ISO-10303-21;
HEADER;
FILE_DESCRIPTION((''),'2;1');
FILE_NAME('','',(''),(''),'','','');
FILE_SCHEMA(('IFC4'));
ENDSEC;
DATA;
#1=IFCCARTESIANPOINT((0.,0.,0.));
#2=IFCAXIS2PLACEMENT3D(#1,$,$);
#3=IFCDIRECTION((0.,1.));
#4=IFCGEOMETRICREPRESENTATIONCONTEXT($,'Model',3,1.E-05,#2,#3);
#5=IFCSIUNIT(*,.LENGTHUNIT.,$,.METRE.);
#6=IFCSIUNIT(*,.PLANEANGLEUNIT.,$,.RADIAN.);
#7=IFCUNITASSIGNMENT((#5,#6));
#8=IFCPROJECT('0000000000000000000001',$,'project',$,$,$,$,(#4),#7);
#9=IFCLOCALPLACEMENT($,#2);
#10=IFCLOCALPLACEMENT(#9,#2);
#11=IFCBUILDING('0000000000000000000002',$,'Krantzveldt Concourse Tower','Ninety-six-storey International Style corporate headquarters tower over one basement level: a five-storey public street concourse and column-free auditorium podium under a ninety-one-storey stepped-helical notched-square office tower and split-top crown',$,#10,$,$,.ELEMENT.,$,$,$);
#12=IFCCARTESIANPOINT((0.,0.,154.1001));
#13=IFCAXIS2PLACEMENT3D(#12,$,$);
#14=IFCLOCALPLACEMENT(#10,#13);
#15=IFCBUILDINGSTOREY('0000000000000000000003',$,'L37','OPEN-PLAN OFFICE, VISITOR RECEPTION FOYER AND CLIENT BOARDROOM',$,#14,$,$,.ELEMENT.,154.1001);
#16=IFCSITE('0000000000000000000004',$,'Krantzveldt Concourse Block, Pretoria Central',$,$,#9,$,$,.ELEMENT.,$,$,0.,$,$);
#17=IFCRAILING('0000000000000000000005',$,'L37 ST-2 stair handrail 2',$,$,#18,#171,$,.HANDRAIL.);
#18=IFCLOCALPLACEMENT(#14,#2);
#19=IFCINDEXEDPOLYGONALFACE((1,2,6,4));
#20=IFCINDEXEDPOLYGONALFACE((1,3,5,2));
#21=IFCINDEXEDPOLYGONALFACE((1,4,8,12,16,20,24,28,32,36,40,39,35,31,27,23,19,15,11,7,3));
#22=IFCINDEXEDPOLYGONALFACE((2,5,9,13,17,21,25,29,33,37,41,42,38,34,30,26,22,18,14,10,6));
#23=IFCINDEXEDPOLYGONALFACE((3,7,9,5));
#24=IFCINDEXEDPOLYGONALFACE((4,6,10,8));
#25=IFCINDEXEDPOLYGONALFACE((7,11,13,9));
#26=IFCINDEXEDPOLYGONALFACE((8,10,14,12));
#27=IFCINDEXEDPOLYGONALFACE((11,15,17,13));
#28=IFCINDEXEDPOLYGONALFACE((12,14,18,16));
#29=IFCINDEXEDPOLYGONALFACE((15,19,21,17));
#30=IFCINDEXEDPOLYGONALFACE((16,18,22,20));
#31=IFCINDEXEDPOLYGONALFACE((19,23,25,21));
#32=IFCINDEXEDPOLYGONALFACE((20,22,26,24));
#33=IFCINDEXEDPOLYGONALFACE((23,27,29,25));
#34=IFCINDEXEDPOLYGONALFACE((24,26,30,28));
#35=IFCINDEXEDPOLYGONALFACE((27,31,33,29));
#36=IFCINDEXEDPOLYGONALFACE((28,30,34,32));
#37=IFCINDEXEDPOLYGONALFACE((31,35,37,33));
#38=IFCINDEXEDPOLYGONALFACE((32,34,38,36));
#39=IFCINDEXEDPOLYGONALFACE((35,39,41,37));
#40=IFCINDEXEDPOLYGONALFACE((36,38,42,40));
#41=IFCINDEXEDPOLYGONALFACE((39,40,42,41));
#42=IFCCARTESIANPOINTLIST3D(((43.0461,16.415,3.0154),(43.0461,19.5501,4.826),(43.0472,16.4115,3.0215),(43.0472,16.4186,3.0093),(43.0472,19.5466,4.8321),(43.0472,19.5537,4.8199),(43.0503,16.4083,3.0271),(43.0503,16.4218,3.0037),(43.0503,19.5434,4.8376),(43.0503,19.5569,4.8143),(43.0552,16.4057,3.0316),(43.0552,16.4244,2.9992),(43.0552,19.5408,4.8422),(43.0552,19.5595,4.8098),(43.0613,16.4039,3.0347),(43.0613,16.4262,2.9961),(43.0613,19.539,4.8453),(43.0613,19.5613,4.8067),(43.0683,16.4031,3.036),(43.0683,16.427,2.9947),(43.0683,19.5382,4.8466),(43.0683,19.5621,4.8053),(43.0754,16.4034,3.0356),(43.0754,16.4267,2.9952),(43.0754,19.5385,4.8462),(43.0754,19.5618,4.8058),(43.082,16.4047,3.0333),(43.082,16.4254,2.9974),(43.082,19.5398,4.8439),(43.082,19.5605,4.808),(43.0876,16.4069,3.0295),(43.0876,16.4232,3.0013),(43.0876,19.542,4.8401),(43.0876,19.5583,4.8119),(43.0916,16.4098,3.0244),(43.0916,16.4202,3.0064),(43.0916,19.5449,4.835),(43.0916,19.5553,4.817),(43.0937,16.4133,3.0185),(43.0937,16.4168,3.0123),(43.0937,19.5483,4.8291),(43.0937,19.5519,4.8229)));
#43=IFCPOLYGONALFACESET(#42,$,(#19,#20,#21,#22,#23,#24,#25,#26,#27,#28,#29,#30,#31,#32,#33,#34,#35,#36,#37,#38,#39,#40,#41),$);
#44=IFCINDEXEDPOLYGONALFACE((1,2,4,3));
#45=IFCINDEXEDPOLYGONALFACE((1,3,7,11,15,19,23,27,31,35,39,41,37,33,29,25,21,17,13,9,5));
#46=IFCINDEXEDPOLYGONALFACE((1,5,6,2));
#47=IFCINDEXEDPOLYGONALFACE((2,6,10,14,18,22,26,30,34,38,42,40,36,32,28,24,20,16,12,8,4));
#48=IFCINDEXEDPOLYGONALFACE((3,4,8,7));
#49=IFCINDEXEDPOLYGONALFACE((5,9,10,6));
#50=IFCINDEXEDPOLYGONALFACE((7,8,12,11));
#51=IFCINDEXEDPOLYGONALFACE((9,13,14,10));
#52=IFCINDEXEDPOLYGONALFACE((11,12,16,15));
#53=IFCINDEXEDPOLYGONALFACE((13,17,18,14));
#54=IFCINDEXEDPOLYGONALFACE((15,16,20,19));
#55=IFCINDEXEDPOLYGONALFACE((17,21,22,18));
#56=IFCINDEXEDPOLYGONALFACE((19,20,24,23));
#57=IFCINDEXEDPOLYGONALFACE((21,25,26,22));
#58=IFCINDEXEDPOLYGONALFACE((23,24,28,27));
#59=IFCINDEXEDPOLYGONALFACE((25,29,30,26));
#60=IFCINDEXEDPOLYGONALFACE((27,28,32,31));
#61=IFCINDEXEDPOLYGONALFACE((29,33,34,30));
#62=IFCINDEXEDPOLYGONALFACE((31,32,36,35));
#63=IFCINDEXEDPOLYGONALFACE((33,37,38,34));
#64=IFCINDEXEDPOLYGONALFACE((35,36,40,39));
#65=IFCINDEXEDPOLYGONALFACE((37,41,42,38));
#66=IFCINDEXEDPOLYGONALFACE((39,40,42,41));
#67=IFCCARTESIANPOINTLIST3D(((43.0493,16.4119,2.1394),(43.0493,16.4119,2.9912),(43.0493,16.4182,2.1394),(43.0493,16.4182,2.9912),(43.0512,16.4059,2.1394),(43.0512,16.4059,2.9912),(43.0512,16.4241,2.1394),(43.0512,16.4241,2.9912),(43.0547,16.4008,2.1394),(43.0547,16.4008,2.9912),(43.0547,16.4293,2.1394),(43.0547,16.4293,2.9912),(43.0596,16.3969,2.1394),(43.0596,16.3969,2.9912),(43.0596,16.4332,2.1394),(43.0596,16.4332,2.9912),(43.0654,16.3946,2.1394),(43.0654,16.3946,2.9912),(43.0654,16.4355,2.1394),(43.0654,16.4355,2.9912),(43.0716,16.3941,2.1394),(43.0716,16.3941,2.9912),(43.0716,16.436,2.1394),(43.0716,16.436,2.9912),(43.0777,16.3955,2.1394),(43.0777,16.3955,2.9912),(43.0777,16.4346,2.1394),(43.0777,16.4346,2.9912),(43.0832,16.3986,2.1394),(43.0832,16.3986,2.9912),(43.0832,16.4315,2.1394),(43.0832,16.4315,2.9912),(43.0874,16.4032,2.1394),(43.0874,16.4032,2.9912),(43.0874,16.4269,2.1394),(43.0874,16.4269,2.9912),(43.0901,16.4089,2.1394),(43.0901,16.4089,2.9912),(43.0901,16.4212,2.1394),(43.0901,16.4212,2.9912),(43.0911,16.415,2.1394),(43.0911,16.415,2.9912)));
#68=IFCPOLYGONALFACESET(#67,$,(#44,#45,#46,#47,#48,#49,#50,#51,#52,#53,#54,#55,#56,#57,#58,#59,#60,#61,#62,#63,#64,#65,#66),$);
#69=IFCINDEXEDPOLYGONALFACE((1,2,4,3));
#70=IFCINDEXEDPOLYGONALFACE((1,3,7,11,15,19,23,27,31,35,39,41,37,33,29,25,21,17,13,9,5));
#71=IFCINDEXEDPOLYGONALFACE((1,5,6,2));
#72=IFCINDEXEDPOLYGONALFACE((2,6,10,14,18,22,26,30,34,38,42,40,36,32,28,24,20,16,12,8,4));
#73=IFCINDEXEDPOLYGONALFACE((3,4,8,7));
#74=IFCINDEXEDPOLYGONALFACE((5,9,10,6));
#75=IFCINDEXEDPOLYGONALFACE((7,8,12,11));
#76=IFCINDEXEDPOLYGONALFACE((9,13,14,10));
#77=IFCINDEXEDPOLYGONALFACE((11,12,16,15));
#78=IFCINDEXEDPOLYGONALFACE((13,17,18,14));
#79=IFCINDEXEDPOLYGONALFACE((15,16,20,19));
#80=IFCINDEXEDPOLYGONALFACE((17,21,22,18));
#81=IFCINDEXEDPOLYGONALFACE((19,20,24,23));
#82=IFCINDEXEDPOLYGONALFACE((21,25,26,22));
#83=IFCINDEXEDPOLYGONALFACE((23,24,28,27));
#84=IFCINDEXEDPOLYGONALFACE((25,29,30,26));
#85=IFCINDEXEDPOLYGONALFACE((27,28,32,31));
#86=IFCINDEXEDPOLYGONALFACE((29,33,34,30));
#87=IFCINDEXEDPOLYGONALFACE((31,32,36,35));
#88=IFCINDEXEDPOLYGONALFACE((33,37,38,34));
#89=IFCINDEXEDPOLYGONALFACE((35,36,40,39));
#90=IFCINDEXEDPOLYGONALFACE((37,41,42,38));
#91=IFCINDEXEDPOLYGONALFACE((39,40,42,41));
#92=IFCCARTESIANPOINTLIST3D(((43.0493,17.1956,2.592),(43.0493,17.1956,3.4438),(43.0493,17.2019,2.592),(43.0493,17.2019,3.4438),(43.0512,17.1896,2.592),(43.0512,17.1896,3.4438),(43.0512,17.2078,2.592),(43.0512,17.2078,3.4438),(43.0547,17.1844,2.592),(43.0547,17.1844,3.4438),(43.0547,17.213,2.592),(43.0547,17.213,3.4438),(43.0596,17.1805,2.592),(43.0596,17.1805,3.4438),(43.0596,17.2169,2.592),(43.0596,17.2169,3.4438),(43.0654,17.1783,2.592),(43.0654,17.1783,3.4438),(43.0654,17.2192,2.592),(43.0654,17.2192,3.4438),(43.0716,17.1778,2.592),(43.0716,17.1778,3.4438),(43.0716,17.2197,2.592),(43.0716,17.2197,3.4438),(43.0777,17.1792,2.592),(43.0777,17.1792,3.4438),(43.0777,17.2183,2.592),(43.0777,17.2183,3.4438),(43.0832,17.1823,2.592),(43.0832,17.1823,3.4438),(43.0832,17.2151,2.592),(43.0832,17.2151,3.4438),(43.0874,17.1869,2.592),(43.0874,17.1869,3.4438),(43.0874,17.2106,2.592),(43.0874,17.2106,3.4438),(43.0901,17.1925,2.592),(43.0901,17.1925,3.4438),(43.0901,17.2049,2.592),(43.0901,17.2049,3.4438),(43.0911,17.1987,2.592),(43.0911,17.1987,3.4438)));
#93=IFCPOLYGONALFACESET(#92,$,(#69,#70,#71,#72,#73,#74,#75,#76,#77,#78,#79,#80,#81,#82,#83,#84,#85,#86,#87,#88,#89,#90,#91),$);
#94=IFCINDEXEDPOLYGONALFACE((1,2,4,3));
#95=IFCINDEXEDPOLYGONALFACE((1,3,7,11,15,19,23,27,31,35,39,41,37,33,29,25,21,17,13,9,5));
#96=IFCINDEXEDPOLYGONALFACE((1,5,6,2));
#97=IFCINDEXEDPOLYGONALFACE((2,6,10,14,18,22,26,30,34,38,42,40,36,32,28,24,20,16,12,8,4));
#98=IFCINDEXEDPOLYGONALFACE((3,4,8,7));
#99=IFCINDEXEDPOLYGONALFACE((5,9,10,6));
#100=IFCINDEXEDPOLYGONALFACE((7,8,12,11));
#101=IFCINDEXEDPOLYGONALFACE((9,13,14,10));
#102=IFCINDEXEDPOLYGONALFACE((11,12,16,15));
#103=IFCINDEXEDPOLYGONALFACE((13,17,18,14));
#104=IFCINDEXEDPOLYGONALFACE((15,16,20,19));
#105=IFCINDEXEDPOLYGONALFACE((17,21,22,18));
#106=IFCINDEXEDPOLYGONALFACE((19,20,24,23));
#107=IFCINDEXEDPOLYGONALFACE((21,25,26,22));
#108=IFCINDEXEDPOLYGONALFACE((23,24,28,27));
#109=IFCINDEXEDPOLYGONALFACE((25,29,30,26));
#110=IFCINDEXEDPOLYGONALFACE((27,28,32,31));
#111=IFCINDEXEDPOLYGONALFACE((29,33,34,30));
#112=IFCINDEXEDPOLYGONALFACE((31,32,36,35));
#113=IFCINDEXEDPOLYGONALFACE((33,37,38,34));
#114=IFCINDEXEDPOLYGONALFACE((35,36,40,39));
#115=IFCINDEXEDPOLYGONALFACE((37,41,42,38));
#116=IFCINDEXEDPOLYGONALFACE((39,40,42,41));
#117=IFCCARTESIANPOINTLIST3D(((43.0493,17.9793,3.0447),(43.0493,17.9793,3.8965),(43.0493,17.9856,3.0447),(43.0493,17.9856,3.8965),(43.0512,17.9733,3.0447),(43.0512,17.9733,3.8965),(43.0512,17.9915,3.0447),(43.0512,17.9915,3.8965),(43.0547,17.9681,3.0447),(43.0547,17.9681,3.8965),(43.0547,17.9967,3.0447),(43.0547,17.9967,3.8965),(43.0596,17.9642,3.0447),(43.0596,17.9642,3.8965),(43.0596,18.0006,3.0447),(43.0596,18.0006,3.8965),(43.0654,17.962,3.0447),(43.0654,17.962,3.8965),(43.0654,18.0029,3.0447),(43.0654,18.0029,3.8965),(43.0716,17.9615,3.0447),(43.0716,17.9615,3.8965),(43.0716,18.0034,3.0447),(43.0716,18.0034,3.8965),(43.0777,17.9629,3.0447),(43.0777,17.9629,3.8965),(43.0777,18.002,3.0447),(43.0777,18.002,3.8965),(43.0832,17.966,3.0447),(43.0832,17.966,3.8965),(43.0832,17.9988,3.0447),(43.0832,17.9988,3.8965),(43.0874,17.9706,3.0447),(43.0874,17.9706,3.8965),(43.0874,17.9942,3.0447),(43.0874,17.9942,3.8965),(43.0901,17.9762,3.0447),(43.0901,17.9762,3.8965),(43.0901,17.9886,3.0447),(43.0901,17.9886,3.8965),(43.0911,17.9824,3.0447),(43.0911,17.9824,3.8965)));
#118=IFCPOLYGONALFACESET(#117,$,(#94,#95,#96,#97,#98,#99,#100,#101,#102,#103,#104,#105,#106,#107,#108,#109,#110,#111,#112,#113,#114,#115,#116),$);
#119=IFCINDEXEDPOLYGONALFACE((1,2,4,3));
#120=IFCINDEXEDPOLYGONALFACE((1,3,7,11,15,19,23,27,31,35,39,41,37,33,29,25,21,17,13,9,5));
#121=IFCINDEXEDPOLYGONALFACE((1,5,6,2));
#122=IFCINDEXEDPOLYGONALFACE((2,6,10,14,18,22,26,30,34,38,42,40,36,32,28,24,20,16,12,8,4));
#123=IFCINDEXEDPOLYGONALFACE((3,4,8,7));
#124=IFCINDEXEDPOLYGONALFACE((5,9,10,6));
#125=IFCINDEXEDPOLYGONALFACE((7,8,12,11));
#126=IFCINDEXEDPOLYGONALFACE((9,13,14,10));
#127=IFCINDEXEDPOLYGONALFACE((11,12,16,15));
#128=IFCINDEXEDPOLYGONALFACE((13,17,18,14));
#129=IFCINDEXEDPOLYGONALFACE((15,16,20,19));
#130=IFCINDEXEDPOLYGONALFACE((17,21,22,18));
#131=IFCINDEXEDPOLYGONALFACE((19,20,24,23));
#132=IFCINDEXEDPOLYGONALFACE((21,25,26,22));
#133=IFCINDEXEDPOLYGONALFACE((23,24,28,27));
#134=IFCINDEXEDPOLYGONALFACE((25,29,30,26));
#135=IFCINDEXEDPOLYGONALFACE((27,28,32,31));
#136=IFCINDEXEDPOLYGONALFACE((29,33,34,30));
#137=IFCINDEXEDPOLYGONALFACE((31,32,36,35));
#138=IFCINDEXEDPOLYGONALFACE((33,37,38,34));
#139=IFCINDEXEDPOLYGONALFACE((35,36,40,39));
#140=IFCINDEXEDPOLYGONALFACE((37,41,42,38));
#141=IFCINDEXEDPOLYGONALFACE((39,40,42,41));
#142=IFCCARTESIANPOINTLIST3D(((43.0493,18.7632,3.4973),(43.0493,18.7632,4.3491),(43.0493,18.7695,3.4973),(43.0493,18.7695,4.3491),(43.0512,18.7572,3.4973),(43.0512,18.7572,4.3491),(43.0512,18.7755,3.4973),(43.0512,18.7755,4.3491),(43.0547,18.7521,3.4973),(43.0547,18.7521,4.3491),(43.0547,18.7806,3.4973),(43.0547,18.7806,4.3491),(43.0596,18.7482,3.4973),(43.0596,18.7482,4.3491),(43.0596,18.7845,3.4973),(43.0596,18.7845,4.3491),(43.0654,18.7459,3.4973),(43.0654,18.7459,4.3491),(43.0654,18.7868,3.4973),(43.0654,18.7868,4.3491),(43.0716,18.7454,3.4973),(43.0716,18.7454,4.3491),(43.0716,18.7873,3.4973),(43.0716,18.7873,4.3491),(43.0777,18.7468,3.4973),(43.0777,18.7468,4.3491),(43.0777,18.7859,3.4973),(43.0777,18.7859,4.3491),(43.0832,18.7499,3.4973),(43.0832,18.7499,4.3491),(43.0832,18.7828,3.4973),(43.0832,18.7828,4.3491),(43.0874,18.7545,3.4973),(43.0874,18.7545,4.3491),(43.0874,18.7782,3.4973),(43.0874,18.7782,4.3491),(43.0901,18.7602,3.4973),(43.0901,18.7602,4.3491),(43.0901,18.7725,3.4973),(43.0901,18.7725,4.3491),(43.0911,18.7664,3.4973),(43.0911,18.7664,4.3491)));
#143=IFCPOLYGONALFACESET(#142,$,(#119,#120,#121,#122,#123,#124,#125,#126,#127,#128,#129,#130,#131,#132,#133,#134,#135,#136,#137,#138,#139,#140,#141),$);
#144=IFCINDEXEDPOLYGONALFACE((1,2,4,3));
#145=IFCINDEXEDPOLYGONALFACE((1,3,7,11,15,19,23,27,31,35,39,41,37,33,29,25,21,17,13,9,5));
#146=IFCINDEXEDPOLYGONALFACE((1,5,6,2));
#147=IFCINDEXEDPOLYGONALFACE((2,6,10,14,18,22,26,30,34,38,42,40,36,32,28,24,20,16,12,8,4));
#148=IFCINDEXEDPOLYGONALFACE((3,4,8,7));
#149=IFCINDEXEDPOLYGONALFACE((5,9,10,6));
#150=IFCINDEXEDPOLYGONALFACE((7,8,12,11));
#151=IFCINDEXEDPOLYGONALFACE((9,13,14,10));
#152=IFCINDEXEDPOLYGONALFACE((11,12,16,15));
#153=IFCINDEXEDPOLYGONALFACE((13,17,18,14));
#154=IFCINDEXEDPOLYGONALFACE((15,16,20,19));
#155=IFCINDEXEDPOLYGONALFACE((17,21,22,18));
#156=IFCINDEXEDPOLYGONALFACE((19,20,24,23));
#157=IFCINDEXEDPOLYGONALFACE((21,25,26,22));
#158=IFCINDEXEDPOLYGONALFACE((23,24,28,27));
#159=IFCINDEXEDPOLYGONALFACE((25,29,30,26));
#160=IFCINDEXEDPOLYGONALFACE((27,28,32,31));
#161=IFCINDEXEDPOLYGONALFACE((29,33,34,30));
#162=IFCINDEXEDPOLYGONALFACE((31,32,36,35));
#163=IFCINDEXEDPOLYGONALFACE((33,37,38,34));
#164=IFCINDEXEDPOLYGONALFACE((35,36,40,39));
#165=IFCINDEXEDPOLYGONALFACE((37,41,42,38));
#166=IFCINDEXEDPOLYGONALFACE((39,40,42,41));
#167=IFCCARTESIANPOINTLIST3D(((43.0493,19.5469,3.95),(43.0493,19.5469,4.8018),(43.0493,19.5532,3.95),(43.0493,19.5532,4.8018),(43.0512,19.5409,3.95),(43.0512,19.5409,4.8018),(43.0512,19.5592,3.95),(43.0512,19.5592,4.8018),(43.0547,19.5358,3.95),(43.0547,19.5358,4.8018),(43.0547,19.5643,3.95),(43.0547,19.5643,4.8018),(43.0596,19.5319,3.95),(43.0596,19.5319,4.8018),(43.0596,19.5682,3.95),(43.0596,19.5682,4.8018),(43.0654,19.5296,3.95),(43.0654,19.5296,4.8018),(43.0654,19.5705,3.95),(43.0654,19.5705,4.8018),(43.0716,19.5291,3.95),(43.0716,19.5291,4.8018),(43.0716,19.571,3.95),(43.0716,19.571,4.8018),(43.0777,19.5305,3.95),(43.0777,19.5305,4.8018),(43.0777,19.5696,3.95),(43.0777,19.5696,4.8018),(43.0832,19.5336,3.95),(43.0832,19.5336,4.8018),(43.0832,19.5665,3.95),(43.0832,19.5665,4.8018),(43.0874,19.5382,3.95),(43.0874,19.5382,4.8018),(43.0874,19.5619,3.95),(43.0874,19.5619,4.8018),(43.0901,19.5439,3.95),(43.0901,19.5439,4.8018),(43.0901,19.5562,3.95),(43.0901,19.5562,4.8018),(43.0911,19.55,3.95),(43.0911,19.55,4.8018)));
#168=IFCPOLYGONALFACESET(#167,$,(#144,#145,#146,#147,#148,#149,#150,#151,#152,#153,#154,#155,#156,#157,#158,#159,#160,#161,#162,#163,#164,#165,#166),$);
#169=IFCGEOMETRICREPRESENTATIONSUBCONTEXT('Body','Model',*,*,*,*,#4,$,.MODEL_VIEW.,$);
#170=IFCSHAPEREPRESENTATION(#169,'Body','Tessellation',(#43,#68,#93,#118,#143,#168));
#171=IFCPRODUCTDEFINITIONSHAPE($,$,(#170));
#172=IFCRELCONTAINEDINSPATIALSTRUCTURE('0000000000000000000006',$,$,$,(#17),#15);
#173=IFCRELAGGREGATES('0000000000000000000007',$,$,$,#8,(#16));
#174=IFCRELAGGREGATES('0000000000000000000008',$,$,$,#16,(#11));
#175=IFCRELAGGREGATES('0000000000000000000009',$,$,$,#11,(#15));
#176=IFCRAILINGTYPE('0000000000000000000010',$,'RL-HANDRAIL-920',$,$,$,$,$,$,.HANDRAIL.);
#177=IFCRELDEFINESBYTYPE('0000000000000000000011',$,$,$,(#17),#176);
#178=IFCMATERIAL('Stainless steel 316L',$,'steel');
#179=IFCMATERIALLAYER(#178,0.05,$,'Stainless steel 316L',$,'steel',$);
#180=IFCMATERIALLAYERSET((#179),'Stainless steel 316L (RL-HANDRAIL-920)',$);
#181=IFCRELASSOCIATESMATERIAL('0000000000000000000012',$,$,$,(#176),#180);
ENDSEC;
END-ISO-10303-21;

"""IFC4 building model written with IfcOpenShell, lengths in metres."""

from ifc_helpers import new_model, si_unit, direction, frame, origin, origin_2d, place, context, subcontext, project, spatial, circle, extrude, material, layer, layer_set, type_object, element, save


model = new_model("IFC4")

# Units and contexts
model_context = context("Model", 3, precision=1e-05, world=origin(), true_north=direction((0.0, 1.0)))
body_context = subcontext(model_context, "Body", "Model", "MODEL_VIEW")
ifc_project = project(units=[si_unit("LENGTHUNIT", "METRE"), si_unit("PLANEANGLEUNIT", "RADIAN")], contexts=[model_context])

# Site, building, storey
site_placement = place(None, origin())
site = spatial("IfcSite", under=ifc_project, at=site_placement, Name="Krantzveldt Concourse Block, Pretoria Central", CompositionType="ELEMENT", RefElevation=0.0)
building_placement = place(site_placement, origin())
building = spatial("IfcBuilding", under=site, at=building_placement, Name="Krantzveldt Concourse Tower", Description="Ninety-six-storey International Style corporate headquarters tower over one basement level: a five-storey public street concourse and column-free auditorium podium under a ninety-one-storey stepped-helical notched-square office tower and split-top crown", CompositionType="ELEMENT")
storey_placement = place(building_placement, frame((0.0, 0.0, 154.1001)))
storey = spatial("IfcBuildingStorey", under=building, at=storey_placement, Name="L37", Description="OPEN-PLAN OFFICE, VISITOR RECEPTION FOYER AND CLIENT BOARDROOM", CompositionType="ELEMENT", Elevation=154.1001)

# Shared definitions
ifc_material_1 = material(Name="Stainless steel 316L", Category="steel")

# Railing
ifc_layer_1 = layer(ifc_material_1, 0.05, Name="Stainless steel 316L", Category="steel")
ifc_layer_set_1 = layer_set([ifc_layer_1], Name="Stainless steel 316L (RL-HANDRAIL-920)")
railing_type_1 = type_object("IfcRailingType", Name="RL-HANDRAIL-920", PredefinedType="HANDRAIL", material=ifc_layer_set_1)
railing_1_placement = place(storey_placement, frame((43.0701, 16.415, 2.1394)))
element("IfcRailing", 1, at=railing_1_placement, inside=storey, type_object=railing_type_1, Name="L37 ST-2 stair handrail 2", PredefinedType="HANDRAIL", context=body_context, shape_type="SweptSolid", body=[
    extrude(circle(Radius=0.0239, at=origin_2d()), frame((0.0, 0.0, 0.876), z_axis=(0.0, 0.86596, 0.500114), x_axis=(-1.0, 0.0, 0.0)), (0.0, 0.0, 1.0), 3.6204),
    extrude(circle(Radius=0.021, at=origin_2d()), origin(), (0.0, 0.0, 1.0), 0.8518),
    extrude(circle(Radius=0.021, at=origin_2d()), frame((0.0, 0.7837, 0.4526)), (0.0, 0.0, 1.0), 0.8518),
    extrude(circle(Radius=0.021, at=origin_2d()), frame((0.0, 1.5674, 0.9053)), (0.0, 0.0, 1.0), 0.8518),
    extrude(circle(Radius=0.021, at=origin_2d()), frame((0.0, 2.3513, 1.3579)), (0.0, 0.0, 1.0), 0.8518),
    extrude(circle(Radius=0.021, at=origin_2d()), frame((0.0, 3.135, 1.8105)), (0.0, 0.0, 1.0), 0.8518),
])

save(model, "model.ifc")
